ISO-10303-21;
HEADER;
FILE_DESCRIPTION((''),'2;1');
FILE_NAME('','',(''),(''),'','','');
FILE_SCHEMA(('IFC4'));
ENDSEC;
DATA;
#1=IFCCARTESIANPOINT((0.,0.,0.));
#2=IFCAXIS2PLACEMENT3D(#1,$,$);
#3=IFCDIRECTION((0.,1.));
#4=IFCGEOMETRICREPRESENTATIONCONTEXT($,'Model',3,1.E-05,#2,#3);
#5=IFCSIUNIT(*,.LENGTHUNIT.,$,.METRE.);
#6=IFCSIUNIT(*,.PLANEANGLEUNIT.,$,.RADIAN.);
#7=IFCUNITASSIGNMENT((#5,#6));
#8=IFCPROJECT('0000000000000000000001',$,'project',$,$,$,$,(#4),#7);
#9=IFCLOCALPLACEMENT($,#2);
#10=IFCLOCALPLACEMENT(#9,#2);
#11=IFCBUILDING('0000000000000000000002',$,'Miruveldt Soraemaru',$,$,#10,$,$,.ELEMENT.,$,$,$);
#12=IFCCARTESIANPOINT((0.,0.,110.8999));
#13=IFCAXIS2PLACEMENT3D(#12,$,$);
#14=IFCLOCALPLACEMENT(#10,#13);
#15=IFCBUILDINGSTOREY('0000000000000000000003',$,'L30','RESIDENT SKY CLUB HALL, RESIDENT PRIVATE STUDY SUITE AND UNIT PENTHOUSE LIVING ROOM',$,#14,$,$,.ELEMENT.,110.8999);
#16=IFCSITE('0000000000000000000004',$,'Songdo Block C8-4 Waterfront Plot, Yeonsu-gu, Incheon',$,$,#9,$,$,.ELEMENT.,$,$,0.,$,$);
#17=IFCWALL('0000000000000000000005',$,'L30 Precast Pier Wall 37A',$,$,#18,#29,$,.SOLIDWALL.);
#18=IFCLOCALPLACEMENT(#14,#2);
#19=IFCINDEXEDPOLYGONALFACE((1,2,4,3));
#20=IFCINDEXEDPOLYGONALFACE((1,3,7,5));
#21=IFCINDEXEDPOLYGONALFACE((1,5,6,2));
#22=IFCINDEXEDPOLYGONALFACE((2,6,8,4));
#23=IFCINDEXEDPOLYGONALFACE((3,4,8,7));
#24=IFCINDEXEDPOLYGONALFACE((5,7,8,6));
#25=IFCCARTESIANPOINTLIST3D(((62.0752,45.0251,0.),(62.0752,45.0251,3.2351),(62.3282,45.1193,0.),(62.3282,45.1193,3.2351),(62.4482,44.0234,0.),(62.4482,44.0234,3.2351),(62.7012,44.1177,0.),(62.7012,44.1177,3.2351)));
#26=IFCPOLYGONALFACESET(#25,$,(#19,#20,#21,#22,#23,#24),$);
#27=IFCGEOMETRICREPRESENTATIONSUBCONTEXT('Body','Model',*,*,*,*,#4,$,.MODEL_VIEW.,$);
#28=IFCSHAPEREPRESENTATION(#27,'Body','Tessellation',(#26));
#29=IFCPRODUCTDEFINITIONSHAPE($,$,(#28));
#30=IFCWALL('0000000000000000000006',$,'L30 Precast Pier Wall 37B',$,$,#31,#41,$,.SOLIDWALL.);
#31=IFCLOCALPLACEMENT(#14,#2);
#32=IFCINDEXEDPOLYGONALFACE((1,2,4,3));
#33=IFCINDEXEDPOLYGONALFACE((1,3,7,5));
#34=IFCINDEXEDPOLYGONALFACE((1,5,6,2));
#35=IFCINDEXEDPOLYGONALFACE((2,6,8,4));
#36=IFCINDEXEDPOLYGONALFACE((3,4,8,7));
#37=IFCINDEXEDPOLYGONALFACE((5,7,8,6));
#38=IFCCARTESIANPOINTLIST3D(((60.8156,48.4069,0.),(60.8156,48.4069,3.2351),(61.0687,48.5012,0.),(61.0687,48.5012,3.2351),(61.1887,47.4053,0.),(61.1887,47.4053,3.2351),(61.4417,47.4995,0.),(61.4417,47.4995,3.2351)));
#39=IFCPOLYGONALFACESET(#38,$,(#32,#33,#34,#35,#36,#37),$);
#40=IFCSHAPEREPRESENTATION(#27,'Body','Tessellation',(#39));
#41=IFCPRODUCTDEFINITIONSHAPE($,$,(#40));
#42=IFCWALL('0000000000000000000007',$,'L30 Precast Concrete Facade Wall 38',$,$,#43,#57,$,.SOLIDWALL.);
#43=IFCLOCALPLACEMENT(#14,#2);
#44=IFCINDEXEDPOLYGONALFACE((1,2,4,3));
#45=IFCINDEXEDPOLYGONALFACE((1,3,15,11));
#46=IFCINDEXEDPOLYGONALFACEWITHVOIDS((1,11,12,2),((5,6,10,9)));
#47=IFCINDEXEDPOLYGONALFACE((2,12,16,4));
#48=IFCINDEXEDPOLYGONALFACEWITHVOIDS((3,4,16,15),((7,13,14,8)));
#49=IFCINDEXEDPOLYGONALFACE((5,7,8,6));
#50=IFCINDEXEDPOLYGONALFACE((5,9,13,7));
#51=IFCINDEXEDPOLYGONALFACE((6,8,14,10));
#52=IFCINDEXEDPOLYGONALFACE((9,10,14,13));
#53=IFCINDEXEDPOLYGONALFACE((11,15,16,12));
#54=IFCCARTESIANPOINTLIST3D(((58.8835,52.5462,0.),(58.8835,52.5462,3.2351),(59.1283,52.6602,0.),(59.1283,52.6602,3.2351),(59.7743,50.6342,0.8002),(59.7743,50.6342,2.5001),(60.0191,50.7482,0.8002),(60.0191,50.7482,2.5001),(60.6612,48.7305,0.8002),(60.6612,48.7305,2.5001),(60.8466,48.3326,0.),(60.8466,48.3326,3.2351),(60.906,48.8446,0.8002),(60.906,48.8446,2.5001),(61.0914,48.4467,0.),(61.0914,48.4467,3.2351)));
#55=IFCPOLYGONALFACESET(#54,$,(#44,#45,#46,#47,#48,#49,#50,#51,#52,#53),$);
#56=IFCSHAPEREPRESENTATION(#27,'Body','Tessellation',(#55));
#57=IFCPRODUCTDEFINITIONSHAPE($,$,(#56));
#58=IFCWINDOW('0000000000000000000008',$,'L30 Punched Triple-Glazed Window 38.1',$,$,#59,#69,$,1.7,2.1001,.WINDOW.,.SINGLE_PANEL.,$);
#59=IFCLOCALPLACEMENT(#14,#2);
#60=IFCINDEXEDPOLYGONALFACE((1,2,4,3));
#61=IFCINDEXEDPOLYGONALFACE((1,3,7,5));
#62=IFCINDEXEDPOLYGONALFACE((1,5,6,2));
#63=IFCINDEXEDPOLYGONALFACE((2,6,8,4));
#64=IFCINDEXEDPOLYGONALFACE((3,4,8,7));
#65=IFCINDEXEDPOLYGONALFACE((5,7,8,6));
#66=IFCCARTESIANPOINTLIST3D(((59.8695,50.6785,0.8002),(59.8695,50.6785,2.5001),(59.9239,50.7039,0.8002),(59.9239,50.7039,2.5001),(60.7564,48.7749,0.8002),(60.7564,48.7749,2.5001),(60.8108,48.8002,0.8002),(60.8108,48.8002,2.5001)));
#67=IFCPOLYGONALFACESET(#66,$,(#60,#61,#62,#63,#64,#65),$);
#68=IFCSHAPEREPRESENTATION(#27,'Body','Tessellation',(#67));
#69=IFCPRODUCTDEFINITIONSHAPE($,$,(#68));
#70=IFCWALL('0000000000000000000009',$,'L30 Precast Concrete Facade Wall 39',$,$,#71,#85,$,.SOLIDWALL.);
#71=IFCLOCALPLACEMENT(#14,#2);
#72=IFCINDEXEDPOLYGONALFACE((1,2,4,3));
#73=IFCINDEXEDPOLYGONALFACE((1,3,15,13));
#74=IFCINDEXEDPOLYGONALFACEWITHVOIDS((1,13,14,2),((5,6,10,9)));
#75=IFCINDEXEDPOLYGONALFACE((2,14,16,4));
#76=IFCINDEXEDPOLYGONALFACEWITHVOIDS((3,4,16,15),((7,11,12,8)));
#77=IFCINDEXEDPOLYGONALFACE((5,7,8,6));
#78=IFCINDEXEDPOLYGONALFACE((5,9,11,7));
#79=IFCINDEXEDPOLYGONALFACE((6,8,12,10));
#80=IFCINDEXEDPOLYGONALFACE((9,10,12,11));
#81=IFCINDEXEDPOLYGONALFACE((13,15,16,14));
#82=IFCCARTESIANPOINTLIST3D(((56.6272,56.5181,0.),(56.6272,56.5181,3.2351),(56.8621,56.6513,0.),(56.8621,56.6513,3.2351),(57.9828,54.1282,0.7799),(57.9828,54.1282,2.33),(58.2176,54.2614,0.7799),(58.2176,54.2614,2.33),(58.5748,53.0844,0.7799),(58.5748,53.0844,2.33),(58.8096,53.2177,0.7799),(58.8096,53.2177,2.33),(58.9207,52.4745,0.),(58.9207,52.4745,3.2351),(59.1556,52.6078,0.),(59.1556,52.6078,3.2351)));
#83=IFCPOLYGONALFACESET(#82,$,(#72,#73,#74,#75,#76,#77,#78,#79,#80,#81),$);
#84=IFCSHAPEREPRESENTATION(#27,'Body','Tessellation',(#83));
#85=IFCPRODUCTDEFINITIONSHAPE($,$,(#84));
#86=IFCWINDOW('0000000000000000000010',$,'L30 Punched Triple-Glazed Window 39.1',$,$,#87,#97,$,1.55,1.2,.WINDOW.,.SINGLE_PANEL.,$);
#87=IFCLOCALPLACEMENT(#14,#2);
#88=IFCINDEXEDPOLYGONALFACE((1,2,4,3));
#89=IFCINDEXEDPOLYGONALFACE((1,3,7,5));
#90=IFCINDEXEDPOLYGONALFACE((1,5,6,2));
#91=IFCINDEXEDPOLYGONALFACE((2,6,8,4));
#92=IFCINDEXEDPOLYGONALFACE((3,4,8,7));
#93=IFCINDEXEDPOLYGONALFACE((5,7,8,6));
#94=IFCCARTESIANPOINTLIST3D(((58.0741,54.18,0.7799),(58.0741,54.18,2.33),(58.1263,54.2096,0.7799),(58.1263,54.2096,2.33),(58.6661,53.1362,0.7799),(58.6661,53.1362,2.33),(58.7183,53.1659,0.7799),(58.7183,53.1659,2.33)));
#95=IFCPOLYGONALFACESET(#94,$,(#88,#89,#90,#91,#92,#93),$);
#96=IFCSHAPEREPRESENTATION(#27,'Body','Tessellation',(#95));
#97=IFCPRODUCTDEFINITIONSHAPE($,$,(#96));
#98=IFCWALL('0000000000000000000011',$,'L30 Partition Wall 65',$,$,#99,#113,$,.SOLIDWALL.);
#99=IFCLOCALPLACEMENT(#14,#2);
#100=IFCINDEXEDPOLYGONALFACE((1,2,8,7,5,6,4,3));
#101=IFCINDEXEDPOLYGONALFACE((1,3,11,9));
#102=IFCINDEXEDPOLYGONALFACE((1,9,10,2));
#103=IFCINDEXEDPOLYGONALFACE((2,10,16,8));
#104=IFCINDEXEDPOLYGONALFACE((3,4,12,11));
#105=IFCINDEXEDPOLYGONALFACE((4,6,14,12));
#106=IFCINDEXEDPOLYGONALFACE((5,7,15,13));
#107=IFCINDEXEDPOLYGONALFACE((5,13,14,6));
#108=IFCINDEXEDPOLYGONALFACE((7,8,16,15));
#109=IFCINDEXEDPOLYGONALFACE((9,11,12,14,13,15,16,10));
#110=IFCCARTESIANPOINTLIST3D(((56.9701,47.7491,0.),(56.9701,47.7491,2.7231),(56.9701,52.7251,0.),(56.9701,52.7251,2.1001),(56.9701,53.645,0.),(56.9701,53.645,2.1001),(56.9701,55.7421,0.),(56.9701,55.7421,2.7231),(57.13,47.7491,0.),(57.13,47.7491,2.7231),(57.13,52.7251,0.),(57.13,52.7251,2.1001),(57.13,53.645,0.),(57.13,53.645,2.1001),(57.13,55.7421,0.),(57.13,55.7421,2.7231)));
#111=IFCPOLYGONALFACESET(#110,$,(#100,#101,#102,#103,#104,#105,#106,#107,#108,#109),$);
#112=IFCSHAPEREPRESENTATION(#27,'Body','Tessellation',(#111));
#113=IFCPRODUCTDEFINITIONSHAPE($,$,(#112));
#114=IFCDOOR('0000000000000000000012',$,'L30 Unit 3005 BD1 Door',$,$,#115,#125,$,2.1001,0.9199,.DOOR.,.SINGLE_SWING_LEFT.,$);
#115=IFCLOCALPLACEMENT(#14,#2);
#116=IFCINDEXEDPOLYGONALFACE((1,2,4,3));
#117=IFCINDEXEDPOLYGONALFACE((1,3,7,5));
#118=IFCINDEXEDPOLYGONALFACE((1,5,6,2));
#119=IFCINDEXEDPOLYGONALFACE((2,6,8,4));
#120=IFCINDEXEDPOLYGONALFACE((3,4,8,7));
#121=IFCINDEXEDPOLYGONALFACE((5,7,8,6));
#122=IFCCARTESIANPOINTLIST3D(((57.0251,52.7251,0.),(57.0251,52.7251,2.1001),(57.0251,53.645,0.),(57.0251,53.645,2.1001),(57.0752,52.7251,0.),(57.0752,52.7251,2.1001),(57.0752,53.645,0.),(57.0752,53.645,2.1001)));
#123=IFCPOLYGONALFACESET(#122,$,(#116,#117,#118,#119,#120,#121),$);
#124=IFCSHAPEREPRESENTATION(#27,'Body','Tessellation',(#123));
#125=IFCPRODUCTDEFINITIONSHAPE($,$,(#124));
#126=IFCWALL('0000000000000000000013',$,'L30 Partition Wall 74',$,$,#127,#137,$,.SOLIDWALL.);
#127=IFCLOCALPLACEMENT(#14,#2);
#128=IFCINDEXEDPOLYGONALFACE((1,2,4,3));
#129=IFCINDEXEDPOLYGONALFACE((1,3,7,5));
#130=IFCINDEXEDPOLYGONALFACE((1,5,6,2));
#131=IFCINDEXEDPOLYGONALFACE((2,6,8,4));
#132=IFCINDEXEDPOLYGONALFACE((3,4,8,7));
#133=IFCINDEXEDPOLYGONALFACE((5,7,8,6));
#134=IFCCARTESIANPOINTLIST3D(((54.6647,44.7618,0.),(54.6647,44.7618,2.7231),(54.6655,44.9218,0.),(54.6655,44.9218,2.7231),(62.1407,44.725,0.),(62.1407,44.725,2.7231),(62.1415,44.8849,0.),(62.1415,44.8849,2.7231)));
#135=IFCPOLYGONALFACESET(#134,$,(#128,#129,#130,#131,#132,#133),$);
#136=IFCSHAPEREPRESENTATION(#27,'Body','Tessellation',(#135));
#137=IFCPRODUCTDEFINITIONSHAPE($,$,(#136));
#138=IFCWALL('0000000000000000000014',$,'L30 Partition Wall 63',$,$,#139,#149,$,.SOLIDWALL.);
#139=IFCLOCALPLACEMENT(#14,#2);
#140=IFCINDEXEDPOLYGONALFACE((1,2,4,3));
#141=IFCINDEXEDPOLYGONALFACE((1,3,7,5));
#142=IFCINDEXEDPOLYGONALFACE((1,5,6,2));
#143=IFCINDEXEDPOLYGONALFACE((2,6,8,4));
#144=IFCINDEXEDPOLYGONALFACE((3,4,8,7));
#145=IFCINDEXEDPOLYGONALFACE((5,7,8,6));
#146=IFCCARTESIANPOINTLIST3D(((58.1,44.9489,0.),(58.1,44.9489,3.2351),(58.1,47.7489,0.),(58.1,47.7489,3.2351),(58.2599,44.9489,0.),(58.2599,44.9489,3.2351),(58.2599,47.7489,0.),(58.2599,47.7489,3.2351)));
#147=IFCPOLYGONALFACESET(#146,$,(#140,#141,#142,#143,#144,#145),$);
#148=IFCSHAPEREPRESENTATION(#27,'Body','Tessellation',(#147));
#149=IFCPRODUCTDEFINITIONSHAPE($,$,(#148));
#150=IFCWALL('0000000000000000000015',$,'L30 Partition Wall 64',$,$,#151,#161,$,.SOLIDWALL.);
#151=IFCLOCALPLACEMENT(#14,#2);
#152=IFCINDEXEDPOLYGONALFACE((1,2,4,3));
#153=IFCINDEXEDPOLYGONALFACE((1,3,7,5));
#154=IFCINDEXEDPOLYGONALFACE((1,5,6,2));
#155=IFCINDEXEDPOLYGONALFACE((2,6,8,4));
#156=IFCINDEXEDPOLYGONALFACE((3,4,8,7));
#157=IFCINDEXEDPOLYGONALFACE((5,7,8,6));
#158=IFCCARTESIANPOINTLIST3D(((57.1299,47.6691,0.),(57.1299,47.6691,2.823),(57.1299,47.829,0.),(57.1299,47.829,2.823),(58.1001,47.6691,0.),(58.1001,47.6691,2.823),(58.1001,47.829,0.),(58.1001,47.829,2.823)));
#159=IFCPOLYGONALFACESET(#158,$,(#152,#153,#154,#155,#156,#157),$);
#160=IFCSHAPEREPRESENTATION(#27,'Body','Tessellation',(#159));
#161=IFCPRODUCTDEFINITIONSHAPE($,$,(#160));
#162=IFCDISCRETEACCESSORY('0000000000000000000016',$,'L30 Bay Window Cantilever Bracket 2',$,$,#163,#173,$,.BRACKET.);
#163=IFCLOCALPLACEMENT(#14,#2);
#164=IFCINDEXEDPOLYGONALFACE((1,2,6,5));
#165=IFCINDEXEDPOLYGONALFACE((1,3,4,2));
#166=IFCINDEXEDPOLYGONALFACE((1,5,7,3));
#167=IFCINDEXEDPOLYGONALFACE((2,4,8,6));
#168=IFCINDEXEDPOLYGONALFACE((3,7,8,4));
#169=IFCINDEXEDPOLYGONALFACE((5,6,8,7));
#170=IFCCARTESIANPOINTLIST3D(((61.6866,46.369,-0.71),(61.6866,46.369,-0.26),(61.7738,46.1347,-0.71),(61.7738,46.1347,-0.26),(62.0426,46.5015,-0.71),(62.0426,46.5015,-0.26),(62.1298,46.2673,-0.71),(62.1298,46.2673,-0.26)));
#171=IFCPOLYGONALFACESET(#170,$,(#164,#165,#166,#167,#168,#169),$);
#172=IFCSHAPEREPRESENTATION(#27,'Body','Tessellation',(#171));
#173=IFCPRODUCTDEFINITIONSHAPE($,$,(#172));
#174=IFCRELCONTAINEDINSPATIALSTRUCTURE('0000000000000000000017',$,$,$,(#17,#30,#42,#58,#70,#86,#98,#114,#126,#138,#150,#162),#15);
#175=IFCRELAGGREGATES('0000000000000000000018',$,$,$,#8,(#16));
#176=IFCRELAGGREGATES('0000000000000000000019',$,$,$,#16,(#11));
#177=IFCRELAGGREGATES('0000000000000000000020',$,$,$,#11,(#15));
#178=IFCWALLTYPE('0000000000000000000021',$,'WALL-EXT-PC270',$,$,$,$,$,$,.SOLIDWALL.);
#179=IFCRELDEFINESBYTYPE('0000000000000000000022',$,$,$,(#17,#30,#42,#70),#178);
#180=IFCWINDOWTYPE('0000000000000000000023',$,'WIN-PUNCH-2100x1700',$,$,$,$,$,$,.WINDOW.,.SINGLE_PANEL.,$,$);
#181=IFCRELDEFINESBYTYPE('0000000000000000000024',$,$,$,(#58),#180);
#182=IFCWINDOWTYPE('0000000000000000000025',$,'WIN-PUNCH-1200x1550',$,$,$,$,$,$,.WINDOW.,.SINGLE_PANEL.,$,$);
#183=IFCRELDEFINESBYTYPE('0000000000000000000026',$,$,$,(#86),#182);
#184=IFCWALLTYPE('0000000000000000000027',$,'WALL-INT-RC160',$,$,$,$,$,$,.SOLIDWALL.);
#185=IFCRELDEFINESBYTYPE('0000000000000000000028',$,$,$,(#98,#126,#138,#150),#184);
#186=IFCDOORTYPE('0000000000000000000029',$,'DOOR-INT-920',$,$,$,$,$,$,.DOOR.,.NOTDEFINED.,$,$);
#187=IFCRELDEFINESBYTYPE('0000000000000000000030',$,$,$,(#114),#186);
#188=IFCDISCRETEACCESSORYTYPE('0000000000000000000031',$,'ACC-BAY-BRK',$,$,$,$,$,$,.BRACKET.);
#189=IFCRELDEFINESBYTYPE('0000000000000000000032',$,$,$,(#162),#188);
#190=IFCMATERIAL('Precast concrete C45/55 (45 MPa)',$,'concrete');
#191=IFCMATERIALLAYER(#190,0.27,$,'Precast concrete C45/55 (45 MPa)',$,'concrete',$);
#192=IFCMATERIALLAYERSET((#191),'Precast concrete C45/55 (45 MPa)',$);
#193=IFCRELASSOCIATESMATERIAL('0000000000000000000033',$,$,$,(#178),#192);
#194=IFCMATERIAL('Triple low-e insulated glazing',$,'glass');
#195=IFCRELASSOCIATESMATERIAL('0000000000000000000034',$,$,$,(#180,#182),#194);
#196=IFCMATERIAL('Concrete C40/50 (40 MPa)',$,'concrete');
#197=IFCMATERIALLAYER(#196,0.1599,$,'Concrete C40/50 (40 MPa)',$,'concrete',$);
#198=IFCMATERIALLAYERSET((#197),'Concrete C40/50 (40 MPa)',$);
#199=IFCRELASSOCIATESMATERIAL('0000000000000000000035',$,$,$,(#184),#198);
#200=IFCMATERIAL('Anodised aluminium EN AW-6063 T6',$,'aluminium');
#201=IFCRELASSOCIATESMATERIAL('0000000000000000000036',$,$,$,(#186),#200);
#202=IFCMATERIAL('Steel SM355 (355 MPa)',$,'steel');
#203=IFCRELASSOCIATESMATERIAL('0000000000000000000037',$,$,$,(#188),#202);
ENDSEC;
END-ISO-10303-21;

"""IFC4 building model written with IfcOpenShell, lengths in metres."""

from ifc_helpers import new_model, si_unit, direction, frame, frame_2d, origin, origin_2d, place, context, subcontext, project, spatial, rectangle, extrude, material, layer, layer_set, type_object, element, fill, save


model = new_model("IFC4")

# Units and contexts
model_context = context("Model", 3, precision=1e-05, world=origin(), true_north=direction((0.0, 1.0)))
body_context = subcontext(model_context, "Body", "Model", "MODEL_VIEW")
ifc_project = project(units=[si_unit("LENGTHUNIT", "METRE"), si_unit("PLANEANGLEUNIT", "RADIAN")], contexts=[model_context])

# Site, building, storey
site_placement = place(None, origin())
site = spatial("IfcSite", under=ifc_project, at=site_placement, Name="Songdo Block C8-4 Waterfront Plot, Yeonsu-gu, Incheon", CompositionType="ELEMENT", RefElevation=0.0)
building_placement = place(site_placement, origin())
building = spatial("IfcBuilding", under=site, at=building_placement, Name="Miruveldt Soraemaru", CompositionType="ELEMENT")
storey_placement = place(building_placement, frame((0.0, 0.0, 110.8999)))
storey = spatial("IfcBuildingStorey", under=building, at=storey_placement, Name="L30", Description="RESIDENT SKY CLUB HALL, RESIDENT PRIVATE STUDY SUITE AND UNIT PENTHOUSE LIVING ROOM", CompositionType="ELEMENT", Elevation=110.8999)

# Shared definitions
ifc_material_1 = material(Name="Steel SM355 (355 MPa)", Category="steel")

# Shared definitions
ifc_material_2 = material(Name="Anodised aluminium EN AW-6063 T6", Category="aluminium")

# Shared definitions
ifc_material_3 = material(Name="Triple low-e insulated glazing", Category="glass")

# Walls
ifc_material_4 = material(Name="Precast concrete C45/55 (45 MPa)", Category="concrete")
ifc_layer_1 = layer(ifc_material_4, 0.27, Name="Precast concrete C45/55 (45 MPa)", Category="concrete")
ifc_layer_set_1 = layer_set([ifc_layer_1], Name="Precast concrete C45/55 (45 MPa)")
wall_type_1 = type_object("IfcWallType", Name="WALL-EXT-PC270", PredefinedType="SOLIDWALL", material=ifc_layer_set_1)
for number, where, z_axis, x_axis, name in (
    (1, (62.5747, 44.0706, 0.0), (0.0, 0.0, 1.0), (-0.348995, 0.937125, 0.0), "L30 Precast Pier Wall 37A"),
    (2, (61.3152, 47.4524, 0.0), (0.0, 0.0, 1.0), (-0.348995, 0.937125, 0.0), "L30 Precast Pier Wall 37B"),
):
    element("IfcWall", number, at=place(storey_placement, frame(where, z_axis=z_axis, x_axis=x_axis)), inside=storey, type_object=wall_type_1, Name=name, PredefinedType="SOLIDWALL", context=body_context, shape_type="SweptSolid", body=[
        extrude(rectangle(XDim=1.0688, YDim=0.27, at=frame_2d((0.5344, 0.0))), origin(), (0.0, 0.0, 1.0), 3.2351),
    ])

# Walls, openings, windows
wall_1_placement = place(storey_placement, frame((60.969, 48.3896, 0.0), z_axis=(0.0, 0.0, 1.0), x_axis=(-0.422316, 0.906449, 0.0)))
wall_1 = element("IfcWall", 3, at=wall_1_placement, inside=storey, type_object=wall_type_1, Name="L30 Precast Concrete Facade Wall 38", PredefinedType="SOLIDWALL", context=body_context, shape_type="SweptSolid", body=[
    extrude(rectangle(XDim=4.6484, YDim=0.27, at=frame_2d((2.3242, 0.0))), origin(), (0.0, 0.0, 1.0), 3.2351),
])
opening_1_placement = place(wall_1_placement, frame((0.439, 0.0, 0.8)))
opening_1 = element("IfcOpeningElement", 4, at=opening_1_placement, cuts=wall_1, PredefinedType="OPENING", context=body_context, shape_type="SweptSolid", body=[
    extrude(rectangle(XDim=2.1001, YDim=1.7, at=frame_2d((1.05, 0.8501))), frame((0.0, 0.145, 0.0), z_axis=(0.0, -1.0, 0.0), x_axis=(1.0, 0.0, 0.0)), (0.0, 0.0, 1.0), 0.29),
])
window_type_1 = type_object("IfcWindowType", Name="WIN-PUNCH-2100x1700", PartitioningType="SINGLE_PANEL", PredefinedType="WINDOW", material=ifc_material_3)
window_1_placement = place(opening_1_placement, origin())
window_1 = element("IfcWindow", 5, at=window_1_placement, inside=storey, type_object=window_type_1, Name="L30 Punched Triple-Glazed Window 38.1", OverallHeight=1.7, OverallWidth=2.1001, PartitioningType="SINGLE_PANEL", PredefinedType="WINDOW", context=body_context, shape_type="SweptSolid", body=[
    extrude(rectangle(XDim=2.1001, YDim=1.7, at=frame_2d((1.05, 0.8501))), frame((0.0, 0.03, 0.0), z_axis=(0.0, -1.0, 0.0), x_axis=(1.0, 0.0, 0.0)), (0.0, 0.0, 1.0), 0.0601),
])
fill(opening_1, window_1)
wall_2_placement = place(storey_placement, frame((59.0381, 52.5413, 0.0), z_axis=(0.0, 0.0, 1.0), x_axis=(-0.493365, 0.869822, 0.0)))
wall_2 = element("IfcWall", 6, at=wall_2_placement, inside=storey, type_object=wall_type_1, Name="L30 Precast Concrete Facade Wall 39", PredefinedType="SOLIDWALL", context=body_context, shape_type="SweptSolid", body=[
    extrude(rectangle(XDim=4.6487, YDim=0.27, at=frame_2d((2.3242, 0.0))), origin(), (0.0, 0.0, 1.0), 3.2351),
])
opening_2_placement = place(wall_2_placement, frame((0.7009, 0.0, 0.78)))
opening_2 = element("IfcOpeningElement", 7, at=opening_2_placement, cuts=wall_2, PredefinedType="OPENING", context=body_context, shape_type="SweptSolid", body=[
    extrude(rectangle(XDim=1.2, YDim=1.55, at=frame_2d((0.6001, 0.7749))), frame((0.0, 0.145, 0.0), z_axis=(0.0, -1.0, 0.0), x_axis=(1.0, 0.0, 0.0)), (0.0, 0.0, 1.0), 0.29),
])
window_type_2 = type_object("IfcWindowType", Name="WIN-PUNCH-1200x1550", PartitioningType="SINGLE_PANEL", PredefinedType="WINDOW", material=ifc_material_3)
window_2_placement = place(opening_2_placement, origin())
window_2 = element("IfcWindow", 8, at=window_2_placement, inside=storey, type_object=window_type_2, Name="L30 Punched Triple-Glazed Window 39.1", OverallHeight=1.55, OverallWidth=1.2, PartitioningType="SINGLE_PANEL", PredefinedType="WINDOW", context=body_context, shape_type="SweptSolid", body=[
    extrude(rectangle(XDim=1.2, YDim=1.55, at=frame_2d((0.6001, 0.7749))), frame((0.0, 0.03, 0.0), z_axis=(0.0, -1.0, 0.0), x_axis=(1.0, 0.0, 0.0)), (0.0, 0.0, 1.0), 0.0601),
])
fill(opening_2, window_2)

# Wall, opening, door
ifc_material_5 = material(Name="Concrete C40/50 (40 MPa)", Category="concrete")
ifc_layer_2 = layer(ifc_material_5, 0.1599, Name="Concrete C40/50 (40 MPa)", Category="concrete")
ifc_layer_set_2 = layer_set([ifc_layer_2], Name="Concrete C40/50 (40 MPa)")
wall_type_2 = type_object("IfcWallType", Name="WALL-INT-RC160", PredefinedType="SOLIDWALL", material=ifc_layer_set_2)
wall_3_placement = place(storey_placement, frame((57.05, 47.749, 0.0), z_axis=(0.0, 0.0, 1.0), x_axis=(0.0, 1.0, 0.0)))
wall_3 = element("IfcWall", 9, at=wall_3_placement, inside=storey, type_object=wall_type_2, Name="L30 Partition Wall 65", PredefinedType="SOLIDWALL", context=body_context, shape_type="SweptSolid", body=[
    extrude(rectangle(XDim=7.9929, YDim=0.1599, at=frame_2d((3.9966, 0.0))), origin(), (0.0, 0.0, 1.0), 2.7231),
])
opening_3_placement = place(wall_3_placement, frame((4.9761, 0.0, 0.0)))
opening_3 = element("IfcOpeningElement", 10, at=opening_3_placement, cuts=wall_3, PredefinedType="OPENING", context=body_context, shape_type="SweptSolid", body=[
    extrude(rectangle(XDim=0.9199, YDim=2.1001, at=frame_2d((0.46, 1.05))), frame((0.0, 0.0898, 0.0), z_axis=(0.0, -1.0, 0.0), x_axis=(1.0, 0.0, 0.0)), (0.0, 0.0, 1.0), 0.1799),
])
door_type = type_object("IfcDoorType", Name="DOOR-INT-920", OperationType="NOTDEFINED", PredefinedType="DOOR", material=ifc_material_2)
door_placement = place(opening_3_placement, origin())
door = element("IfcDoor", 11, at=door_placement, inside=storey, type_object=door_type, Name="L30 Unit 3005 BD1 Door", OperationType="SINGLE_SWING_LEFT", OverallHeight=2.1001, OverallWidth=0.9199, PredefinedType="DOOR", context=body_context, shape_type="SweptSolid", body=[
    extrude(rectangle(XDim=0.9199, YDim=2.1001, at=frame_2d((0.46, 1.05))), frame((0.0, 0.0249, 0.0), z_axis=(0.0, -1.0, 0.0), x_axis=(1.0, 0.0, 0.0)), (0.0, 0.0, 1.0), 0.05),
])
fill(opening_3, door)

# Walls
wall_4_placement = place(storey_placement, frame((62.1411, 44.8049, 0.0), z_axis=(0.0, 0.0, 1.0), x_axis=(-0.999988, 0.004931, 0.0)))
element("IfcWall", 12, at=wall_4_placement, inside=storey, type_object=wall_type_2, Name="L30 Partition Wall 74", PredefinedType="SOLIDWALL", context=body_context, shape_type="SweptSolid", body=[
    extrude(rectangle(XDim=7.4761, YDim=0.1599, at=frame_2d((3.738, 0.0))), origin(), (0.0, 0.0, 1.0), 2.7231),
])
wall_5_placement = place(storey_placement, frame((58.1799, 44.949, 0.0), z_axis=(0.0, 0.0, 1.0), x_axis=(0.0, 1.0, 0.0)))
element("IfcWall", 13, at=wall_5_placement, inside=storey, type_object=wall_type_2, Name="L30 Partition Wall 63", PredefinedType="SOLIDWALL", context=body_context, shape_type="SweptSolid", body=[
    extrude(rectangle(XDim=2.8, YDim=0.1599, at=frame_2d((1.3999, 0.0))), origin(), (0.0, 0.0, 1.0), 3.2351),
])
wall_6_placement = place(storey_placement, frame((58.1001, 47.749, 0.0), z_axis=(0.0, 0.0, 1.0), x_axis=(-1.0, 0.0, 0.0)))
element("IfcWall", 14, at=wall_6_placement, inside=storey, type_object=wall_type_2, Name="L30 Partition Wall 64", PredefinedType="SOLIDWALL", context=body_context, shape_type="SweptSolid", body=[
    extrude(rectangle(XDim=0.9702, YDim=0.1599, at=frame_2d((0.4851, 0.0))), origin(), (0.0, 0.0, 1.0), 2.823),
])

# Discrete accessory
discrete_accessory_type = type_object("IfcDiscreteAccessoryType", Name="ACC-BAY-BRK", PredefinedType="BRACKET", material=ifc_material_1)
discrete_accessory_placement = place(storey_placement, frame((61.9082, 46.3181, -0.71), z_axis=(0.0, 0.0, 1.0), x_axis=(0.937112, 0.34903, 0.0)))
element("IfcDiscreteAccessory", 15, at=discrete_accessory_placement, inside=storey, type_object=discrete_accessory_type, Name="L30 Bay Window Cantilever Bracket 2", PredefinedType="BRACKET", context=body_context, shape_type="SweptSolid", body=[
    extrude(rectangle(XDim=0.3799, YDim=0.25, at=origin_2d()), origin(), (0.0, 0.0, 1.0), 0.45),
])

save(model, "model.ifc")
